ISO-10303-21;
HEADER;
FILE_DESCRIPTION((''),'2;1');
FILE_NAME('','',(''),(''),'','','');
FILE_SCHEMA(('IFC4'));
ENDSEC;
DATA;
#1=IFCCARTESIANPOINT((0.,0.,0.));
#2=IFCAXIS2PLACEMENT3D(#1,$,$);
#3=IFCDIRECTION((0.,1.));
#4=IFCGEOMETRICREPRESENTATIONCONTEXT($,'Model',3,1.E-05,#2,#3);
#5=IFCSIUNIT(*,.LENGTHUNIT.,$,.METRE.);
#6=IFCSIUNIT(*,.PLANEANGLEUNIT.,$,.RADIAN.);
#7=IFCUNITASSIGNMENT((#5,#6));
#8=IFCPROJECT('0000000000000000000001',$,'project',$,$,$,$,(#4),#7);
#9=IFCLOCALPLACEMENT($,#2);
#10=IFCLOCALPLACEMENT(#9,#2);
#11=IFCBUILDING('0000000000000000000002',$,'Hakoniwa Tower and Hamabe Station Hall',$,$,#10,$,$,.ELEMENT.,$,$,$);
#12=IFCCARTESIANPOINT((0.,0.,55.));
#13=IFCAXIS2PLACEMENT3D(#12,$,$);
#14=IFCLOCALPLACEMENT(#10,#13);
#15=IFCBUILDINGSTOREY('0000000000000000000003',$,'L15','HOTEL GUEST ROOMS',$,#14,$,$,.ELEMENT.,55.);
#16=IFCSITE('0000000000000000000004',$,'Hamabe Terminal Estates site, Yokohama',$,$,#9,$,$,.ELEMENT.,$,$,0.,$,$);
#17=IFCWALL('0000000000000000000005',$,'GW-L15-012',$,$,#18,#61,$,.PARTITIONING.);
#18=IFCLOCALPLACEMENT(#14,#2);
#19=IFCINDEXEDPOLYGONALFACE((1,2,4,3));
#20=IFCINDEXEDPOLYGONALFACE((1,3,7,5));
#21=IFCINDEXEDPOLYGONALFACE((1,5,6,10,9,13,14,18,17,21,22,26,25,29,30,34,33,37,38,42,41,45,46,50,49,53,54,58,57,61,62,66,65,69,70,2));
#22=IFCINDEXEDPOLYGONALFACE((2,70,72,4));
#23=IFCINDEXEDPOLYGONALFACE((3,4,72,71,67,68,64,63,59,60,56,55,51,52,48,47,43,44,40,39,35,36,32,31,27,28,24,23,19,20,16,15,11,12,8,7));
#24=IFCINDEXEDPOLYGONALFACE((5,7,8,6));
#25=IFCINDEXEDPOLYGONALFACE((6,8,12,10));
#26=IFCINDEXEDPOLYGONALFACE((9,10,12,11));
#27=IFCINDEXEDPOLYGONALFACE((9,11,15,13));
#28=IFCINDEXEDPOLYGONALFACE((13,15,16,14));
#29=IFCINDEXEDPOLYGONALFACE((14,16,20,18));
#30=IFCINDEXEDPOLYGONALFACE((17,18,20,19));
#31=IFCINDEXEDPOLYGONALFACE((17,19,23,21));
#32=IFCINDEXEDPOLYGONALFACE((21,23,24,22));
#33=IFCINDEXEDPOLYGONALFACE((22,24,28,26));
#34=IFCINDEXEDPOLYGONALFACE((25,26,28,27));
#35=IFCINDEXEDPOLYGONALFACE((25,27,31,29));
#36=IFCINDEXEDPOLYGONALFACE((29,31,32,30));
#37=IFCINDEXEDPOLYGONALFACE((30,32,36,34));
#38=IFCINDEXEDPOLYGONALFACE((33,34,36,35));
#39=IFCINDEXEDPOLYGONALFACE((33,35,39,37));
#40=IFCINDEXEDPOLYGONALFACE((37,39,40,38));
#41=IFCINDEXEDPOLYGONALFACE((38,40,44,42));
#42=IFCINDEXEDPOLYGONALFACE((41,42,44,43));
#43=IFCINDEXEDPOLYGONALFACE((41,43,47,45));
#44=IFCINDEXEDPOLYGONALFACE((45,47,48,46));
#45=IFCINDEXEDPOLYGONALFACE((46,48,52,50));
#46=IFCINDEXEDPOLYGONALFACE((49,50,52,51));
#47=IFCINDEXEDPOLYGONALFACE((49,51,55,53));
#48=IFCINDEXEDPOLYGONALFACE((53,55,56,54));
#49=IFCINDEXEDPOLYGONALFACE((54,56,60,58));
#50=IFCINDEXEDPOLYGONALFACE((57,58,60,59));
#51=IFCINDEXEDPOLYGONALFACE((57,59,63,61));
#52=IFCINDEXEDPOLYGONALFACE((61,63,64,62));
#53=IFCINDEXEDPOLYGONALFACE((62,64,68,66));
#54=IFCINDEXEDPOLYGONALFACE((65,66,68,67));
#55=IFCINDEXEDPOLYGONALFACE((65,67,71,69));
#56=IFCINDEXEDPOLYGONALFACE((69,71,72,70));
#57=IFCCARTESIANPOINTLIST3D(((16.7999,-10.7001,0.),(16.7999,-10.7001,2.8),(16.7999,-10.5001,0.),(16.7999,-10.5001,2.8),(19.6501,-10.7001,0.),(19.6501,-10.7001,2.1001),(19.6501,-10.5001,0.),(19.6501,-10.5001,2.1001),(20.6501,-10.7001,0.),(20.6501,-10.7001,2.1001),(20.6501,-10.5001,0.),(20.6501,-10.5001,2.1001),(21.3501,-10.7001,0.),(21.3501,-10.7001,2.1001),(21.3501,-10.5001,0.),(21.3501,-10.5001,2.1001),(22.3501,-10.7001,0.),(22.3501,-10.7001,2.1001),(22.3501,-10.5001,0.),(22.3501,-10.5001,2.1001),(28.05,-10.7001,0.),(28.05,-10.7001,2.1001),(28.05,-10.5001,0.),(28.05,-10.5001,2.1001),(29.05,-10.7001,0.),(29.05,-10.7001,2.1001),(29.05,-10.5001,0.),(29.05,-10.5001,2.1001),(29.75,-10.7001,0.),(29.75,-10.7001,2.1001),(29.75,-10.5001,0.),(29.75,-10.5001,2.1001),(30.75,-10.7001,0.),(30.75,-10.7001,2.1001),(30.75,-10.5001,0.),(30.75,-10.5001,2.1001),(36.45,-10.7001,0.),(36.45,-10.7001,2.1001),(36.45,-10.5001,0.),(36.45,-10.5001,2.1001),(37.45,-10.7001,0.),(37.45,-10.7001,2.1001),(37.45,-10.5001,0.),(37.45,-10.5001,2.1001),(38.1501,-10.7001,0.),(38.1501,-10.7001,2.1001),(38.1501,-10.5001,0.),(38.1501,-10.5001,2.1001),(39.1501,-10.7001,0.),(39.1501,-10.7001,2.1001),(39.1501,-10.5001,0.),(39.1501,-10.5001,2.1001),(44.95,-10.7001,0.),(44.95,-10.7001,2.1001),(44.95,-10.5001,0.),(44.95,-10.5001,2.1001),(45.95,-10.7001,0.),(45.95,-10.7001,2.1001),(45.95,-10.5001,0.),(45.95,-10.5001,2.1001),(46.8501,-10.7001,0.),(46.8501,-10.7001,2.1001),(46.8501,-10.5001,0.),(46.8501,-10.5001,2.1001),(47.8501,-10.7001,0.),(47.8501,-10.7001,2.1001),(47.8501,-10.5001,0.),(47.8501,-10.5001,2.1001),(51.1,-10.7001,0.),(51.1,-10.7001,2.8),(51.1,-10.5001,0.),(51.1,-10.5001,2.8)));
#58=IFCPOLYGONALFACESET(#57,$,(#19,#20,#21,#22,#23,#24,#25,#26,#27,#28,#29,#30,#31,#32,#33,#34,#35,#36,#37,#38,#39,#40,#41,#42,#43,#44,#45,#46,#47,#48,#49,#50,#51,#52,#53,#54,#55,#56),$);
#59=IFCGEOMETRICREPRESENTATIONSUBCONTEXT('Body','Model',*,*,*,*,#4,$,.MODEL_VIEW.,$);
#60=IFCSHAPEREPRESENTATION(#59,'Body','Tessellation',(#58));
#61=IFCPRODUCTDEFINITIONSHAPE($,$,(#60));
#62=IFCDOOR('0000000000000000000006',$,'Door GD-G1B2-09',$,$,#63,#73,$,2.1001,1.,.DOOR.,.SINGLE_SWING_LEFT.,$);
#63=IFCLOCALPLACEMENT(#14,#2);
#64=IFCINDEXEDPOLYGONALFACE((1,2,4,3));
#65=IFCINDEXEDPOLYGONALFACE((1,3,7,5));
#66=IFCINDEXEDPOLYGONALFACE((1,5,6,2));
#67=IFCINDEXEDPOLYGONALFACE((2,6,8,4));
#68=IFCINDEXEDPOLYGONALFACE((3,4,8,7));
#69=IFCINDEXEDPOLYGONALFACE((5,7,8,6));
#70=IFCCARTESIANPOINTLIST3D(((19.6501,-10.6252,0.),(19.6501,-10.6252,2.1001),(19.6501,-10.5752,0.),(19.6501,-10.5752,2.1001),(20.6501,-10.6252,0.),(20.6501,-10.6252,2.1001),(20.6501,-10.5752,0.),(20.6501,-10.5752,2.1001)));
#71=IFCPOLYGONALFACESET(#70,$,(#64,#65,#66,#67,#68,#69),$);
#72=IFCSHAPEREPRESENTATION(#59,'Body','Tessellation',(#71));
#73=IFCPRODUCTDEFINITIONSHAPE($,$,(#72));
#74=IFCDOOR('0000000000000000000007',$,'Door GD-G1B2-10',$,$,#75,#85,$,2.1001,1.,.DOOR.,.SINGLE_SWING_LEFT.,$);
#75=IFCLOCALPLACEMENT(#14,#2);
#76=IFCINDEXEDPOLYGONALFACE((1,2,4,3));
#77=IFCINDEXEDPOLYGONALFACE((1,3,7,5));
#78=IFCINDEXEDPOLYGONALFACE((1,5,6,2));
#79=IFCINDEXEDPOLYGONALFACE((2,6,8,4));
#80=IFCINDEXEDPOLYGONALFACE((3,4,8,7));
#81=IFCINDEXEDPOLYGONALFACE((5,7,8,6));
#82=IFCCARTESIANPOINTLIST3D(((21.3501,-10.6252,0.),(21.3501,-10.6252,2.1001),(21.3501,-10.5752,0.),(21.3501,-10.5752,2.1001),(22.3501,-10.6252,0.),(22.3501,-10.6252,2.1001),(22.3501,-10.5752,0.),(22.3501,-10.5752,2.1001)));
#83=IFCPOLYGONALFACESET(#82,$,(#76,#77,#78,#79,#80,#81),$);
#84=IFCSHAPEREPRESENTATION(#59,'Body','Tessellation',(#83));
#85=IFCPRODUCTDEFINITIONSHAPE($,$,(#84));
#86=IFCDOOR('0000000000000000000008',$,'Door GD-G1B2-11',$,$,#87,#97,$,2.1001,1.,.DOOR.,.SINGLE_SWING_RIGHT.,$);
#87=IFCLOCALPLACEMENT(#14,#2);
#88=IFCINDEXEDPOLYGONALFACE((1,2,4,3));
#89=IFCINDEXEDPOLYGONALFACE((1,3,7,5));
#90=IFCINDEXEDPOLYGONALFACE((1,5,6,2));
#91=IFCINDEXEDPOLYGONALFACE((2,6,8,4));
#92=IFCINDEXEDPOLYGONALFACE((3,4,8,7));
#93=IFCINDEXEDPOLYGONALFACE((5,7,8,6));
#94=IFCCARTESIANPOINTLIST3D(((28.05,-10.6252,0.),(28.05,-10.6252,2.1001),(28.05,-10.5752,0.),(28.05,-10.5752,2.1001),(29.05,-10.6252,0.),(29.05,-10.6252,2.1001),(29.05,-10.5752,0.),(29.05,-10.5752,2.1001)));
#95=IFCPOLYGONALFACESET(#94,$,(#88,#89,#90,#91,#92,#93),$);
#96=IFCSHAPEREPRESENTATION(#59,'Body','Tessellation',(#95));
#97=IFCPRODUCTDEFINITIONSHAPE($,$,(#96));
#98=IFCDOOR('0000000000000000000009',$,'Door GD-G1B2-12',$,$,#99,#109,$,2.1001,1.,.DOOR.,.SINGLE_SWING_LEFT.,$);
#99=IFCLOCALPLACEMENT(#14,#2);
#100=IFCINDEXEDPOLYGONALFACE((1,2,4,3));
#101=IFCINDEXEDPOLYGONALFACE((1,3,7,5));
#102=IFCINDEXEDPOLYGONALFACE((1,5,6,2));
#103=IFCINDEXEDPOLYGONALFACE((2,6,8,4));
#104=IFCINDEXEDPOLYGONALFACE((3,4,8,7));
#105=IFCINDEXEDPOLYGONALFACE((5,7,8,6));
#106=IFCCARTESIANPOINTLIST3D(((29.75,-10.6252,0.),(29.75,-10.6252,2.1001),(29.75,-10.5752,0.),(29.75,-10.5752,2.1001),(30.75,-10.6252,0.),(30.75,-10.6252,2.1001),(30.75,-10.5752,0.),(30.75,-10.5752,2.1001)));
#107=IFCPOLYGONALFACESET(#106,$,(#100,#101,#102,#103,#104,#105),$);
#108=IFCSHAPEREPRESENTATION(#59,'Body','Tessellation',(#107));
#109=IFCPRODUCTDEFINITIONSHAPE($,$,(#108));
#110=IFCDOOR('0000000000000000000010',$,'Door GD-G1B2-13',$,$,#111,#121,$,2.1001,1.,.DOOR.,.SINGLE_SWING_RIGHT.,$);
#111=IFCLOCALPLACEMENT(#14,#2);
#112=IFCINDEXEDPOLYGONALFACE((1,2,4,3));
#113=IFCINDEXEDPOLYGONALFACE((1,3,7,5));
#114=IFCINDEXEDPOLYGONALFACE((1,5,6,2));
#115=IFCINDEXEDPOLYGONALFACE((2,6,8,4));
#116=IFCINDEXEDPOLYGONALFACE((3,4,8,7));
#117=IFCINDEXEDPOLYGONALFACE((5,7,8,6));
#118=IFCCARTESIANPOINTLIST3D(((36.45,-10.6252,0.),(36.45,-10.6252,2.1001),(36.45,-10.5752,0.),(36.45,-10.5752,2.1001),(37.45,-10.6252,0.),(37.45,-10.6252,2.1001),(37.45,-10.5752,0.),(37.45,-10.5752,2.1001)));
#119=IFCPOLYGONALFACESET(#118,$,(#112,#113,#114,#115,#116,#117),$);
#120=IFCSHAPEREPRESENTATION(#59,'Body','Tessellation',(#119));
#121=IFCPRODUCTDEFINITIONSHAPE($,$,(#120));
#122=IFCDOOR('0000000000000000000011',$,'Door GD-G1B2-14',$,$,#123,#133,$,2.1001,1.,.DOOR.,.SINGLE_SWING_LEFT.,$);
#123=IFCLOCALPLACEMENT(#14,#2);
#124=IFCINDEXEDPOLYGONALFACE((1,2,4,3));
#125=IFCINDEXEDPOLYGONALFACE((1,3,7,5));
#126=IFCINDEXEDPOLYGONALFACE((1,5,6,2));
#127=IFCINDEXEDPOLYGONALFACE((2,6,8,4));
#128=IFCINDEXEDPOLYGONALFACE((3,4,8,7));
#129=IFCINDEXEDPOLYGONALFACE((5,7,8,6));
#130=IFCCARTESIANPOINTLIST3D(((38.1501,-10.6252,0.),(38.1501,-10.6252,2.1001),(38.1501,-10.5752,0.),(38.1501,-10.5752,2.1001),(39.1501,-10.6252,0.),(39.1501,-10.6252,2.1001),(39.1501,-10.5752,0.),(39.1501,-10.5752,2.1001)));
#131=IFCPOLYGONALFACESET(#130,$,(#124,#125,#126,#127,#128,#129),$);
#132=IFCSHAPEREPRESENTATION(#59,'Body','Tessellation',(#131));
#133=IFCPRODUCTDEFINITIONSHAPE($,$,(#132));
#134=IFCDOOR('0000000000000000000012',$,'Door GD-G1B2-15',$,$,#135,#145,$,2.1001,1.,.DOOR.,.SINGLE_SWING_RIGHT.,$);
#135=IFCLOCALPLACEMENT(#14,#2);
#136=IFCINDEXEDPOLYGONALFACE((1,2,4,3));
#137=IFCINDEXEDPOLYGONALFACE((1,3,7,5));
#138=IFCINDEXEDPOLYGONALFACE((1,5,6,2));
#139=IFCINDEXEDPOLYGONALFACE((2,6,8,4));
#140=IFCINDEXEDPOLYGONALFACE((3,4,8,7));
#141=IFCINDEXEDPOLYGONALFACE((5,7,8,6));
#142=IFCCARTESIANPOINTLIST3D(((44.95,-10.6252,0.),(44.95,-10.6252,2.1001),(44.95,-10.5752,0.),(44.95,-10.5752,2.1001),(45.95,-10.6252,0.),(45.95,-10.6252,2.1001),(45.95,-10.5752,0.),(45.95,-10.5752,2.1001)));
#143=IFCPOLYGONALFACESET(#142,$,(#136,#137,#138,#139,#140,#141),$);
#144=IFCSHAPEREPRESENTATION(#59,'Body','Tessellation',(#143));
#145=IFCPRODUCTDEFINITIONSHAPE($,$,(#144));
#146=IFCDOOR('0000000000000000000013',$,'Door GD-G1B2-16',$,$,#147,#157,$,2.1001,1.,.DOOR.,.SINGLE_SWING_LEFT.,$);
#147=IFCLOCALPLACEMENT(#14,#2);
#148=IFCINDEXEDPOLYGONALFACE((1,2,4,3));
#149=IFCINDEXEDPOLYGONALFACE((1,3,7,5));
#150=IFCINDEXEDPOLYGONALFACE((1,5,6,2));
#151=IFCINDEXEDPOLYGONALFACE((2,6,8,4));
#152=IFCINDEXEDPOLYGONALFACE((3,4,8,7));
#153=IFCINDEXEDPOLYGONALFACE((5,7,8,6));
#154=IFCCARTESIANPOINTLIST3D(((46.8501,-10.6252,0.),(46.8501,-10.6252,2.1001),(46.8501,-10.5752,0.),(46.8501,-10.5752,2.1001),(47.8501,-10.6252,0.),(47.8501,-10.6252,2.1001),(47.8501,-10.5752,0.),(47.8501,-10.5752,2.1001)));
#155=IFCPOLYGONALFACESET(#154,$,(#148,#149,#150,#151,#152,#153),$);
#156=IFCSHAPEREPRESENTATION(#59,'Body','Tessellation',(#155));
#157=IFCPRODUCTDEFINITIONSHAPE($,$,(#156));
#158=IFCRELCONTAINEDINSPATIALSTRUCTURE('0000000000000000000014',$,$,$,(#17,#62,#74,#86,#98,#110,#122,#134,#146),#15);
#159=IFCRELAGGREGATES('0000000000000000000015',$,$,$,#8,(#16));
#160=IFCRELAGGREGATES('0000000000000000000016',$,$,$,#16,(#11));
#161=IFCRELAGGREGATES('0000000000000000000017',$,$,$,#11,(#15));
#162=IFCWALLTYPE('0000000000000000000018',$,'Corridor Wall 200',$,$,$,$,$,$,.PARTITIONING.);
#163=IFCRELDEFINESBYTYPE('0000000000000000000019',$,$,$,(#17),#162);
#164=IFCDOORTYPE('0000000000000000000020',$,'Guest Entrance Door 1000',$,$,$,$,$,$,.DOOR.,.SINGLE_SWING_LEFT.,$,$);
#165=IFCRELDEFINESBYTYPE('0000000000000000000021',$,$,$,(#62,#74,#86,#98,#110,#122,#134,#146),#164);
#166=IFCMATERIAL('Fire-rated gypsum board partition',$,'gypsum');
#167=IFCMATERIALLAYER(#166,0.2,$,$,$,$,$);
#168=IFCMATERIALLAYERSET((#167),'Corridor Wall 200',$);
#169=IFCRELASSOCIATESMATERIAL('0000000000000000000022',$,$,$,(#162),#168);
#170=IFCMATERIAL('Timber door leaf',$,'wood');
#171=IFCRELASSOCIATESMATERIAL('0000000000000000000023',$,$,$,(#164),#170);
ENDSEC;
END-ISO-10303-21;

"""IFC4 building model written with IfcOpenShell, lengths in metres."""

from ifc_helpers import new_model, si_unit, direction, frame, frame_2d, origin, place, context, subcontext, project, spatial, rectangle, extrude, material, layer, layer_set, type_object, element, fill, save


model = new_model("IFC4")

# Units and contexts
model_context = context("Model", 3, precision=1e-05, world=origin(), true_north=direction((0.0, 1.0)))
body_context = subcontext(model_context, "Body", "Model", "MODEL_VIEW")
ifc_project = project(units=[si_unit("LENGTHUNIT", "METRE"), si_unit("PLANEANGLEUNIT", "RADIAN")], contexts=[model_context])

# Site, building, storey
site_placement = place(None, origin())
site = spatial("IfcSite", under=ifc_project, at=site_placement, Name="Hamabe Terminal Estates site, Yokohama", CompositionType="ELEMENT", RefElevation=0.0)
building_placement = place(site_placement, origin())
building = spatial("IfcBuilding", under=site, at=building_placement, Name="Hakoniwa Tower and Hamabe Station Hall", CompositionType="ELEMENT")
storey_placement = place(building_placement, frame((0.0, 0.0, 55.0)))
storey = spatial("IfcBuildingStorey", under=building, at=storey_placement, Name="L15", Description="HOTEL GUEST ROOMS", CompositionType="ELEMENT", Elevation=55.0)

# Wall, openings, doors
ifc_material_1 = material(Name="Fire-rated gypsum board partition", Category="gypsum")
ifc_layer_1 = layer(ifc_material_1, 0.2)
ifc_layer_set_1 = layer_set([ifc_layer_1], Name="Corridor Wall 200")
wall_type_1 = type_object("IfcWallType", Name="Corridor Wall 200", PredefinedType="PARTITIONING", material=ifc_layer_set_1)
wall_1_placement = place(storey_placement, frame((16.8, -10.6001, 0.0), z_axis=(0.0, 0.0, 1.0), x_axis=(1.0, 0.0, 0.0)))
wall_1 = element("IfcWall", 1, at=wall_1_placement, inside=storey, type_object=wall_type_1, Name="GW-L15-012", PredefinedType="PARTITIONING", context=body_context, shape_type="SweptSolid", body=[
    extrude(rectangle(XDim=34.3, YDim=0.2, at=frame_2d((17.1499, 0.0))), origin(), (0.0, 0.0, 1.0), 2.8),
])
opening_1_placement = place(wall_1_placement, frame((2.8501, 0.0, 0.0)))
opening_1 = element("IfcOpeningElement", 2, at=opening_1_placement, cuts=wall_1, PredefinedType="OPENING", context=body_context, shape_type="SweptSolid", body=[
    extrude(rectangle(XDim=1.0, YDim=2.1001, at=frame_2d((0.5, 1.05))), frame((0.0, 0.1099, 0.0), z_axis=(0.0, -1.0, 0.0), x_axis=(1.0, 0.0, 0.0)), (0.0, 0.0, 1.0), 0.22),
])
opening_2_placement = place(wall_1_placement, frame((4.55, 0.0, 0.0)))
opening_2 = element("IfcOpeningElement", 3, at=opening_2_placement, cuts=wall_1, PredefinedType="OPENING", context=body_context, shape_type="SweptSolid", body=[
    extrude(rectangle(XDim=1.0, YDim=2.1001, at=frame_2d((0.5, 1.05))), frame((0.0, 0.1099, 0.0), z_axis=(0.0, -1.0, 0.0), x_axis=(1.0, 0.0, 0.0)), (0.0, 0.0, 1.0), 0.22),
])
opening_3_placement = place(wall_1_placement, frame((11.25, 0.0, 0.0)))
opening_3 = element("IfcOpeningElement", 4, at=opening_3_placement, cuts=wall_1, PredefinedType="OPENING", context=body_context, shape_type="SweptSolid", body=[
    extrude(rectangle(XDim=1.0, YDim=2.1001, at=frame_2d((0.5, 1.05))), frame((0.0, 0.1099, 0.0), z_axis=(0.0, -1.0, 0.0), x_axis=(1.0, 0.0, 0.0)), (0.0, 0.0, 1.0), 0.22),
])
opening_4_placement = place(wall_1_placement, frame((12.95, 0.0, 0.0)))
opening_4 = element("IfcOpeningElement", 5, at=opening_4_placement, cuts=wall_1, PredefinedType="OPENING", context=body_context, shape_type="SweptSolid", body=[
    extrude(rectangle(XDim=1.0, YDim=2.1001, at=frame_2d((0.5, 1.05))), frame((0.0, 0.1099, 0.0), z_axis=(0.0, -1.0, 0.0), x_axis=(1.0, 0.0, 0.0)), (0.0, 0.0, 1.0), 0.22),
])
opening_5_placement = place(wall_1_placement, frame((19.6499, 0.0, 0.0)))
opening_5 = element("IfcOpeningElement", 6, at=opening_5_placement, cuts=wall_1, PredefinedType="OPENING", context=body_context, shape_type="SweptSolid", body=[
    extrude(rectangle(XDim=1.0, YDim=2.1001, at=frame_2d((0.5, 1.05))), frame((0.0, 0.1099, 0.0), z_axis=(0.0, -1.0, 0.0), x_axis=(1.0, 0.0, 0.0)), (0.0, 0.0, 1.0), 0.22),
])
opening_6_placement = place(wall_1_placement, frame((21.3501, 0.0, 0.0)))
opening_6 = element("IfcOpeningElement", 7, at=opening_6_placement, cuts=wall_1, PredefinedType="OPENING", context=body_context, shape_type="SweptSolid", body=[
    extrude(rectangle(XDim=1.0, YDim=2.1001, at=frame_2d((0.5, 1.05))), frame((0.0, 0.1099, 0.0), z_axis=(0.0, -1.0, 0.0), x_axis=(1.0, 0.0, 0.0)), (0.0, 0.0, 1.0), 0.22),
])
opening_7_placement = place(wall_1_placement, frame((28.1499, 0.0, 0.0)))
opening_7 = element("IfcOpeningElement", 8, at=opening_7_placement, cuts=wall_1, PredefinedType="OPENING", context=body_context, shape_type="SweptSolid", body=[
    extrude(rectangle(XDim=1.0, YDim=2.1001, at=frame_2d((0.5, 1.05))), frame((0.0, 0.1099, 0.0), z_axis=(0.0, -1.0, 0.0), x_axis=(1.0, 0.0, 0.0)), (0.0, 0.0, 1.0), 0.22),
])
opening_8_placement = place(wall_1_placement, frame((30.05, 0.0, 0.0)))
opening_8 = element("IfcOpeningElement", 9, at=opening_8_placement, cuts=wall_1, PredefinedType="OPENING", context=body_context, shape_type="SweptSolid", body=[
    extrude(rectangle(XDim=1.0, YDim=2.1001, at=frame_2d((0.5, 1.05))), frame((0.0, 0.1099, 0.0), z_axis=(0.0, -1.0, 0.0), x_axis=(1.0, 0.0, 0.0)), (0.0, 0.0, 1.0), 0.22),
])
ifc_material_2 = material(Name="Timber door leaf", Category="wood")
door_type_1 = type_object("IfcDoorType", Name="Guest Entrance Door 1000", OperationType="SINGLE_SWING_LEFT", PredefinedType="DOOR", material=ifc_material_2)
door_1_placement = place(opening_1_placement, origin())
door_1 = element("IfcDoor", 10, at=door_1_placement, inside=storey, type_object=door_type_1, Name="Door GD-G1B2-09", OperationType="SINGLE_SWING_LEFT", OverallHeight=2.1001, OverallWidth=1.0, PredefinedType="DOOR", context=body_context, shape_type="SweptSolid", body=[
    extrude(rectangle(XDim=1.0, YDim=2.1001, at=frame_2d((0.5, 1.05))), frame((0.0, 0.0249, 0.0), z_axis=(0.0, -1.0, 0.0), x_axis=(1.0, 0.0, 0.0)), (0.0, 0.0, 1.0), 0.05),
])
fill(opening_1, door_1)
door_2_placement = place(opening_2_placement, origin())
door_2 = element("IfcDoor", 11, at=door_2_placement, inside=storey, type_object=door_type_1, Name="Door GD-G1B2-10", OperationType="SINGLE_SWING_LEFT", OverallHeight=2.1001, OverallWidth=1.0, PredefinedType="DOOR", context=body_context, shape_type="SweptSolid", body=[
    extrude(rectangle(XDim=1.0, YDim=2.1001, at=frame_2d((0.5, 1.05))), frame((0.0, 0.0249, 0.0), z_axis=(0.0, -1.0, 0.0), x_axis=(1.0, 0.0, 0.0)), (0.0, 0.0, 1.0), 0.05),
])
fill(opening_2, door_2)
door_3_placement = place(opening_3_placement, origin())
door_3 = element("IfcDoor", 12, at=door_3_placement, inside=storey, type_object=door_type_1, Name="Door GD-G1B2-11", OperationType="SINGLE_SWING_RIGHT", OverallHeight=2.1001, OverallWidth=1.0, PredefinedType="DOOR", context=body_context, shape_type="SweptSolid", body=[
    extrude(rectangle(XDim=1.0, YDim=2.1001, at=frame_2d((0.5, 1.05))), frame((0.0, 0.0249, 0.0), z_axis=(0.0, -1.0, 0.0), x_axis=(1.0, 0.0, 0.0)), (0.0, 0.0, 1.0), 0.05),
])
fill(opening_3, door_3)
door_4_placement = place(opening_4_placement, origin())
door_4 = element("IfcDoor", 13, at=door_4_placement, inside=storey, type_object=door_type_1, Name="Door GD-G1B2-12", OperationType="SINGLE_SWING_LEFT", OverallHeight=2.1001, OverallWidth=1.0, PredefinedType="DOOR", context=body_context, shape_type="SweptSolid", body=[
    extrude(rectangle(XDim=1.0, YDim=2.1001, at=frame_2d((0.5, 1.05))), frame((0.0, 0.0249, 0.0), z_axis=(0.0, -1.0, 0.0), x_axis=(1.0, 0.0, 0.0)), (0.0, 0.0, 1.0), 0.05),
])
fill(opening_4, door_4)
door_5_placement = place(opening_5_placement, origin())
door_5 = element("IfcDoor", 14, at=door_5_placement, inside=storey, type_object=door_type_1, Name="Door GD-G1B2-13", OperationType="SINGLE_SWING_RIGHT", OverallHeight=2.1001, OverallWidth=1.0, PredefinedType="DOOR", context=body_context, shape_type="SweptSolid", body=[
    extrude(rectangle(XDim=1.0, YDim=2.1001, at=frame_2d((0.5, 1.05))), frame((0.0, 0.0249, 0.0), z_axis=(0.0, -1.0, 0.0), x_axis=(1.0, 0.0, 0.0)), (0.0, 0.0, 1.0), 0.05),
])
fill(opening_5, door_5)
door_6_placement = place(opening_6_placement, origin())
door_6 = element("IfcDoor", 15, at=door_6_placement, inside=storey, type_object=door_type_1, Name="Door GD-G1B2-14", OperationType="SINGLE_SWING_LEFT", OverallHeight=2.1001, OverallWidth=1.0, PredefinedType="DOOR", context=body_context, shape_type="SweptSolid", body=[
    extrude(rectangle(XDim=1.0, YDim=2.1001, at=frame_2d((0.5, 1.05))), frame((0.0, 0.0249, 0.0), z_axis=(0.0, -1.0, 0.0), x_axis=(1.0, 0.0, 0.0)), (0.0, 0.0, 1.0), 0.05),
])
fill(opening_6, door_6)
door_7_placement = place(opening_7_placement, origin())
door_7 = element("IfcDoor", 16, at=door_7_placement, inside=storey, type_object=door_type_1, Name="Door GD-G1B2-15", OperationType="SINGLE_SWING_RIGHT", OverallHeight=2.1001, OverallWidth=1.0, PredefinedType="DOOR", context=body_context, shape_type="SweptSolid", body=[
    extrude(rectangle(XDim=1.0, YDim=2.1001, at=frame_2d((0.5, 1.05))), frame((0.0, 0.0249, 0.0), z_axis=(0.0, -1.0, 0.0), x_axis=(1.0, 0.0, 0.0)), (0.0, 0.0, 1.0), 0.05),
])
fill(opening_7, door_7)
door_8_placement = place(opening_8_placement, origin())
door_8 = element("IfcDoor", 17, at=door_8_placement, inside=storey, type_object=door_type_1, Name="Door GD-G1B2-16", OperationType="SINGLE_SWING_LEFT", OverallHeight=2.1001, OverallWidth=1.0, PredefinedType="DOOR", context=body_context, shape_type="SweptSolid", body=[
    extrude(rectangle(XDim=1.0, YDim=2.1001, at=frame_2d((0.5, 1.05))), frame((0.0, 0.0249, 0.0), z_axis=(0.0, -1.0, 0.0), x_axis=(1.0, 0.0, 0.0)), (0.0, 0.0, 1.0), 0.05),
])
fill(opening_8, door_8)

save(model, "model.ifc")
